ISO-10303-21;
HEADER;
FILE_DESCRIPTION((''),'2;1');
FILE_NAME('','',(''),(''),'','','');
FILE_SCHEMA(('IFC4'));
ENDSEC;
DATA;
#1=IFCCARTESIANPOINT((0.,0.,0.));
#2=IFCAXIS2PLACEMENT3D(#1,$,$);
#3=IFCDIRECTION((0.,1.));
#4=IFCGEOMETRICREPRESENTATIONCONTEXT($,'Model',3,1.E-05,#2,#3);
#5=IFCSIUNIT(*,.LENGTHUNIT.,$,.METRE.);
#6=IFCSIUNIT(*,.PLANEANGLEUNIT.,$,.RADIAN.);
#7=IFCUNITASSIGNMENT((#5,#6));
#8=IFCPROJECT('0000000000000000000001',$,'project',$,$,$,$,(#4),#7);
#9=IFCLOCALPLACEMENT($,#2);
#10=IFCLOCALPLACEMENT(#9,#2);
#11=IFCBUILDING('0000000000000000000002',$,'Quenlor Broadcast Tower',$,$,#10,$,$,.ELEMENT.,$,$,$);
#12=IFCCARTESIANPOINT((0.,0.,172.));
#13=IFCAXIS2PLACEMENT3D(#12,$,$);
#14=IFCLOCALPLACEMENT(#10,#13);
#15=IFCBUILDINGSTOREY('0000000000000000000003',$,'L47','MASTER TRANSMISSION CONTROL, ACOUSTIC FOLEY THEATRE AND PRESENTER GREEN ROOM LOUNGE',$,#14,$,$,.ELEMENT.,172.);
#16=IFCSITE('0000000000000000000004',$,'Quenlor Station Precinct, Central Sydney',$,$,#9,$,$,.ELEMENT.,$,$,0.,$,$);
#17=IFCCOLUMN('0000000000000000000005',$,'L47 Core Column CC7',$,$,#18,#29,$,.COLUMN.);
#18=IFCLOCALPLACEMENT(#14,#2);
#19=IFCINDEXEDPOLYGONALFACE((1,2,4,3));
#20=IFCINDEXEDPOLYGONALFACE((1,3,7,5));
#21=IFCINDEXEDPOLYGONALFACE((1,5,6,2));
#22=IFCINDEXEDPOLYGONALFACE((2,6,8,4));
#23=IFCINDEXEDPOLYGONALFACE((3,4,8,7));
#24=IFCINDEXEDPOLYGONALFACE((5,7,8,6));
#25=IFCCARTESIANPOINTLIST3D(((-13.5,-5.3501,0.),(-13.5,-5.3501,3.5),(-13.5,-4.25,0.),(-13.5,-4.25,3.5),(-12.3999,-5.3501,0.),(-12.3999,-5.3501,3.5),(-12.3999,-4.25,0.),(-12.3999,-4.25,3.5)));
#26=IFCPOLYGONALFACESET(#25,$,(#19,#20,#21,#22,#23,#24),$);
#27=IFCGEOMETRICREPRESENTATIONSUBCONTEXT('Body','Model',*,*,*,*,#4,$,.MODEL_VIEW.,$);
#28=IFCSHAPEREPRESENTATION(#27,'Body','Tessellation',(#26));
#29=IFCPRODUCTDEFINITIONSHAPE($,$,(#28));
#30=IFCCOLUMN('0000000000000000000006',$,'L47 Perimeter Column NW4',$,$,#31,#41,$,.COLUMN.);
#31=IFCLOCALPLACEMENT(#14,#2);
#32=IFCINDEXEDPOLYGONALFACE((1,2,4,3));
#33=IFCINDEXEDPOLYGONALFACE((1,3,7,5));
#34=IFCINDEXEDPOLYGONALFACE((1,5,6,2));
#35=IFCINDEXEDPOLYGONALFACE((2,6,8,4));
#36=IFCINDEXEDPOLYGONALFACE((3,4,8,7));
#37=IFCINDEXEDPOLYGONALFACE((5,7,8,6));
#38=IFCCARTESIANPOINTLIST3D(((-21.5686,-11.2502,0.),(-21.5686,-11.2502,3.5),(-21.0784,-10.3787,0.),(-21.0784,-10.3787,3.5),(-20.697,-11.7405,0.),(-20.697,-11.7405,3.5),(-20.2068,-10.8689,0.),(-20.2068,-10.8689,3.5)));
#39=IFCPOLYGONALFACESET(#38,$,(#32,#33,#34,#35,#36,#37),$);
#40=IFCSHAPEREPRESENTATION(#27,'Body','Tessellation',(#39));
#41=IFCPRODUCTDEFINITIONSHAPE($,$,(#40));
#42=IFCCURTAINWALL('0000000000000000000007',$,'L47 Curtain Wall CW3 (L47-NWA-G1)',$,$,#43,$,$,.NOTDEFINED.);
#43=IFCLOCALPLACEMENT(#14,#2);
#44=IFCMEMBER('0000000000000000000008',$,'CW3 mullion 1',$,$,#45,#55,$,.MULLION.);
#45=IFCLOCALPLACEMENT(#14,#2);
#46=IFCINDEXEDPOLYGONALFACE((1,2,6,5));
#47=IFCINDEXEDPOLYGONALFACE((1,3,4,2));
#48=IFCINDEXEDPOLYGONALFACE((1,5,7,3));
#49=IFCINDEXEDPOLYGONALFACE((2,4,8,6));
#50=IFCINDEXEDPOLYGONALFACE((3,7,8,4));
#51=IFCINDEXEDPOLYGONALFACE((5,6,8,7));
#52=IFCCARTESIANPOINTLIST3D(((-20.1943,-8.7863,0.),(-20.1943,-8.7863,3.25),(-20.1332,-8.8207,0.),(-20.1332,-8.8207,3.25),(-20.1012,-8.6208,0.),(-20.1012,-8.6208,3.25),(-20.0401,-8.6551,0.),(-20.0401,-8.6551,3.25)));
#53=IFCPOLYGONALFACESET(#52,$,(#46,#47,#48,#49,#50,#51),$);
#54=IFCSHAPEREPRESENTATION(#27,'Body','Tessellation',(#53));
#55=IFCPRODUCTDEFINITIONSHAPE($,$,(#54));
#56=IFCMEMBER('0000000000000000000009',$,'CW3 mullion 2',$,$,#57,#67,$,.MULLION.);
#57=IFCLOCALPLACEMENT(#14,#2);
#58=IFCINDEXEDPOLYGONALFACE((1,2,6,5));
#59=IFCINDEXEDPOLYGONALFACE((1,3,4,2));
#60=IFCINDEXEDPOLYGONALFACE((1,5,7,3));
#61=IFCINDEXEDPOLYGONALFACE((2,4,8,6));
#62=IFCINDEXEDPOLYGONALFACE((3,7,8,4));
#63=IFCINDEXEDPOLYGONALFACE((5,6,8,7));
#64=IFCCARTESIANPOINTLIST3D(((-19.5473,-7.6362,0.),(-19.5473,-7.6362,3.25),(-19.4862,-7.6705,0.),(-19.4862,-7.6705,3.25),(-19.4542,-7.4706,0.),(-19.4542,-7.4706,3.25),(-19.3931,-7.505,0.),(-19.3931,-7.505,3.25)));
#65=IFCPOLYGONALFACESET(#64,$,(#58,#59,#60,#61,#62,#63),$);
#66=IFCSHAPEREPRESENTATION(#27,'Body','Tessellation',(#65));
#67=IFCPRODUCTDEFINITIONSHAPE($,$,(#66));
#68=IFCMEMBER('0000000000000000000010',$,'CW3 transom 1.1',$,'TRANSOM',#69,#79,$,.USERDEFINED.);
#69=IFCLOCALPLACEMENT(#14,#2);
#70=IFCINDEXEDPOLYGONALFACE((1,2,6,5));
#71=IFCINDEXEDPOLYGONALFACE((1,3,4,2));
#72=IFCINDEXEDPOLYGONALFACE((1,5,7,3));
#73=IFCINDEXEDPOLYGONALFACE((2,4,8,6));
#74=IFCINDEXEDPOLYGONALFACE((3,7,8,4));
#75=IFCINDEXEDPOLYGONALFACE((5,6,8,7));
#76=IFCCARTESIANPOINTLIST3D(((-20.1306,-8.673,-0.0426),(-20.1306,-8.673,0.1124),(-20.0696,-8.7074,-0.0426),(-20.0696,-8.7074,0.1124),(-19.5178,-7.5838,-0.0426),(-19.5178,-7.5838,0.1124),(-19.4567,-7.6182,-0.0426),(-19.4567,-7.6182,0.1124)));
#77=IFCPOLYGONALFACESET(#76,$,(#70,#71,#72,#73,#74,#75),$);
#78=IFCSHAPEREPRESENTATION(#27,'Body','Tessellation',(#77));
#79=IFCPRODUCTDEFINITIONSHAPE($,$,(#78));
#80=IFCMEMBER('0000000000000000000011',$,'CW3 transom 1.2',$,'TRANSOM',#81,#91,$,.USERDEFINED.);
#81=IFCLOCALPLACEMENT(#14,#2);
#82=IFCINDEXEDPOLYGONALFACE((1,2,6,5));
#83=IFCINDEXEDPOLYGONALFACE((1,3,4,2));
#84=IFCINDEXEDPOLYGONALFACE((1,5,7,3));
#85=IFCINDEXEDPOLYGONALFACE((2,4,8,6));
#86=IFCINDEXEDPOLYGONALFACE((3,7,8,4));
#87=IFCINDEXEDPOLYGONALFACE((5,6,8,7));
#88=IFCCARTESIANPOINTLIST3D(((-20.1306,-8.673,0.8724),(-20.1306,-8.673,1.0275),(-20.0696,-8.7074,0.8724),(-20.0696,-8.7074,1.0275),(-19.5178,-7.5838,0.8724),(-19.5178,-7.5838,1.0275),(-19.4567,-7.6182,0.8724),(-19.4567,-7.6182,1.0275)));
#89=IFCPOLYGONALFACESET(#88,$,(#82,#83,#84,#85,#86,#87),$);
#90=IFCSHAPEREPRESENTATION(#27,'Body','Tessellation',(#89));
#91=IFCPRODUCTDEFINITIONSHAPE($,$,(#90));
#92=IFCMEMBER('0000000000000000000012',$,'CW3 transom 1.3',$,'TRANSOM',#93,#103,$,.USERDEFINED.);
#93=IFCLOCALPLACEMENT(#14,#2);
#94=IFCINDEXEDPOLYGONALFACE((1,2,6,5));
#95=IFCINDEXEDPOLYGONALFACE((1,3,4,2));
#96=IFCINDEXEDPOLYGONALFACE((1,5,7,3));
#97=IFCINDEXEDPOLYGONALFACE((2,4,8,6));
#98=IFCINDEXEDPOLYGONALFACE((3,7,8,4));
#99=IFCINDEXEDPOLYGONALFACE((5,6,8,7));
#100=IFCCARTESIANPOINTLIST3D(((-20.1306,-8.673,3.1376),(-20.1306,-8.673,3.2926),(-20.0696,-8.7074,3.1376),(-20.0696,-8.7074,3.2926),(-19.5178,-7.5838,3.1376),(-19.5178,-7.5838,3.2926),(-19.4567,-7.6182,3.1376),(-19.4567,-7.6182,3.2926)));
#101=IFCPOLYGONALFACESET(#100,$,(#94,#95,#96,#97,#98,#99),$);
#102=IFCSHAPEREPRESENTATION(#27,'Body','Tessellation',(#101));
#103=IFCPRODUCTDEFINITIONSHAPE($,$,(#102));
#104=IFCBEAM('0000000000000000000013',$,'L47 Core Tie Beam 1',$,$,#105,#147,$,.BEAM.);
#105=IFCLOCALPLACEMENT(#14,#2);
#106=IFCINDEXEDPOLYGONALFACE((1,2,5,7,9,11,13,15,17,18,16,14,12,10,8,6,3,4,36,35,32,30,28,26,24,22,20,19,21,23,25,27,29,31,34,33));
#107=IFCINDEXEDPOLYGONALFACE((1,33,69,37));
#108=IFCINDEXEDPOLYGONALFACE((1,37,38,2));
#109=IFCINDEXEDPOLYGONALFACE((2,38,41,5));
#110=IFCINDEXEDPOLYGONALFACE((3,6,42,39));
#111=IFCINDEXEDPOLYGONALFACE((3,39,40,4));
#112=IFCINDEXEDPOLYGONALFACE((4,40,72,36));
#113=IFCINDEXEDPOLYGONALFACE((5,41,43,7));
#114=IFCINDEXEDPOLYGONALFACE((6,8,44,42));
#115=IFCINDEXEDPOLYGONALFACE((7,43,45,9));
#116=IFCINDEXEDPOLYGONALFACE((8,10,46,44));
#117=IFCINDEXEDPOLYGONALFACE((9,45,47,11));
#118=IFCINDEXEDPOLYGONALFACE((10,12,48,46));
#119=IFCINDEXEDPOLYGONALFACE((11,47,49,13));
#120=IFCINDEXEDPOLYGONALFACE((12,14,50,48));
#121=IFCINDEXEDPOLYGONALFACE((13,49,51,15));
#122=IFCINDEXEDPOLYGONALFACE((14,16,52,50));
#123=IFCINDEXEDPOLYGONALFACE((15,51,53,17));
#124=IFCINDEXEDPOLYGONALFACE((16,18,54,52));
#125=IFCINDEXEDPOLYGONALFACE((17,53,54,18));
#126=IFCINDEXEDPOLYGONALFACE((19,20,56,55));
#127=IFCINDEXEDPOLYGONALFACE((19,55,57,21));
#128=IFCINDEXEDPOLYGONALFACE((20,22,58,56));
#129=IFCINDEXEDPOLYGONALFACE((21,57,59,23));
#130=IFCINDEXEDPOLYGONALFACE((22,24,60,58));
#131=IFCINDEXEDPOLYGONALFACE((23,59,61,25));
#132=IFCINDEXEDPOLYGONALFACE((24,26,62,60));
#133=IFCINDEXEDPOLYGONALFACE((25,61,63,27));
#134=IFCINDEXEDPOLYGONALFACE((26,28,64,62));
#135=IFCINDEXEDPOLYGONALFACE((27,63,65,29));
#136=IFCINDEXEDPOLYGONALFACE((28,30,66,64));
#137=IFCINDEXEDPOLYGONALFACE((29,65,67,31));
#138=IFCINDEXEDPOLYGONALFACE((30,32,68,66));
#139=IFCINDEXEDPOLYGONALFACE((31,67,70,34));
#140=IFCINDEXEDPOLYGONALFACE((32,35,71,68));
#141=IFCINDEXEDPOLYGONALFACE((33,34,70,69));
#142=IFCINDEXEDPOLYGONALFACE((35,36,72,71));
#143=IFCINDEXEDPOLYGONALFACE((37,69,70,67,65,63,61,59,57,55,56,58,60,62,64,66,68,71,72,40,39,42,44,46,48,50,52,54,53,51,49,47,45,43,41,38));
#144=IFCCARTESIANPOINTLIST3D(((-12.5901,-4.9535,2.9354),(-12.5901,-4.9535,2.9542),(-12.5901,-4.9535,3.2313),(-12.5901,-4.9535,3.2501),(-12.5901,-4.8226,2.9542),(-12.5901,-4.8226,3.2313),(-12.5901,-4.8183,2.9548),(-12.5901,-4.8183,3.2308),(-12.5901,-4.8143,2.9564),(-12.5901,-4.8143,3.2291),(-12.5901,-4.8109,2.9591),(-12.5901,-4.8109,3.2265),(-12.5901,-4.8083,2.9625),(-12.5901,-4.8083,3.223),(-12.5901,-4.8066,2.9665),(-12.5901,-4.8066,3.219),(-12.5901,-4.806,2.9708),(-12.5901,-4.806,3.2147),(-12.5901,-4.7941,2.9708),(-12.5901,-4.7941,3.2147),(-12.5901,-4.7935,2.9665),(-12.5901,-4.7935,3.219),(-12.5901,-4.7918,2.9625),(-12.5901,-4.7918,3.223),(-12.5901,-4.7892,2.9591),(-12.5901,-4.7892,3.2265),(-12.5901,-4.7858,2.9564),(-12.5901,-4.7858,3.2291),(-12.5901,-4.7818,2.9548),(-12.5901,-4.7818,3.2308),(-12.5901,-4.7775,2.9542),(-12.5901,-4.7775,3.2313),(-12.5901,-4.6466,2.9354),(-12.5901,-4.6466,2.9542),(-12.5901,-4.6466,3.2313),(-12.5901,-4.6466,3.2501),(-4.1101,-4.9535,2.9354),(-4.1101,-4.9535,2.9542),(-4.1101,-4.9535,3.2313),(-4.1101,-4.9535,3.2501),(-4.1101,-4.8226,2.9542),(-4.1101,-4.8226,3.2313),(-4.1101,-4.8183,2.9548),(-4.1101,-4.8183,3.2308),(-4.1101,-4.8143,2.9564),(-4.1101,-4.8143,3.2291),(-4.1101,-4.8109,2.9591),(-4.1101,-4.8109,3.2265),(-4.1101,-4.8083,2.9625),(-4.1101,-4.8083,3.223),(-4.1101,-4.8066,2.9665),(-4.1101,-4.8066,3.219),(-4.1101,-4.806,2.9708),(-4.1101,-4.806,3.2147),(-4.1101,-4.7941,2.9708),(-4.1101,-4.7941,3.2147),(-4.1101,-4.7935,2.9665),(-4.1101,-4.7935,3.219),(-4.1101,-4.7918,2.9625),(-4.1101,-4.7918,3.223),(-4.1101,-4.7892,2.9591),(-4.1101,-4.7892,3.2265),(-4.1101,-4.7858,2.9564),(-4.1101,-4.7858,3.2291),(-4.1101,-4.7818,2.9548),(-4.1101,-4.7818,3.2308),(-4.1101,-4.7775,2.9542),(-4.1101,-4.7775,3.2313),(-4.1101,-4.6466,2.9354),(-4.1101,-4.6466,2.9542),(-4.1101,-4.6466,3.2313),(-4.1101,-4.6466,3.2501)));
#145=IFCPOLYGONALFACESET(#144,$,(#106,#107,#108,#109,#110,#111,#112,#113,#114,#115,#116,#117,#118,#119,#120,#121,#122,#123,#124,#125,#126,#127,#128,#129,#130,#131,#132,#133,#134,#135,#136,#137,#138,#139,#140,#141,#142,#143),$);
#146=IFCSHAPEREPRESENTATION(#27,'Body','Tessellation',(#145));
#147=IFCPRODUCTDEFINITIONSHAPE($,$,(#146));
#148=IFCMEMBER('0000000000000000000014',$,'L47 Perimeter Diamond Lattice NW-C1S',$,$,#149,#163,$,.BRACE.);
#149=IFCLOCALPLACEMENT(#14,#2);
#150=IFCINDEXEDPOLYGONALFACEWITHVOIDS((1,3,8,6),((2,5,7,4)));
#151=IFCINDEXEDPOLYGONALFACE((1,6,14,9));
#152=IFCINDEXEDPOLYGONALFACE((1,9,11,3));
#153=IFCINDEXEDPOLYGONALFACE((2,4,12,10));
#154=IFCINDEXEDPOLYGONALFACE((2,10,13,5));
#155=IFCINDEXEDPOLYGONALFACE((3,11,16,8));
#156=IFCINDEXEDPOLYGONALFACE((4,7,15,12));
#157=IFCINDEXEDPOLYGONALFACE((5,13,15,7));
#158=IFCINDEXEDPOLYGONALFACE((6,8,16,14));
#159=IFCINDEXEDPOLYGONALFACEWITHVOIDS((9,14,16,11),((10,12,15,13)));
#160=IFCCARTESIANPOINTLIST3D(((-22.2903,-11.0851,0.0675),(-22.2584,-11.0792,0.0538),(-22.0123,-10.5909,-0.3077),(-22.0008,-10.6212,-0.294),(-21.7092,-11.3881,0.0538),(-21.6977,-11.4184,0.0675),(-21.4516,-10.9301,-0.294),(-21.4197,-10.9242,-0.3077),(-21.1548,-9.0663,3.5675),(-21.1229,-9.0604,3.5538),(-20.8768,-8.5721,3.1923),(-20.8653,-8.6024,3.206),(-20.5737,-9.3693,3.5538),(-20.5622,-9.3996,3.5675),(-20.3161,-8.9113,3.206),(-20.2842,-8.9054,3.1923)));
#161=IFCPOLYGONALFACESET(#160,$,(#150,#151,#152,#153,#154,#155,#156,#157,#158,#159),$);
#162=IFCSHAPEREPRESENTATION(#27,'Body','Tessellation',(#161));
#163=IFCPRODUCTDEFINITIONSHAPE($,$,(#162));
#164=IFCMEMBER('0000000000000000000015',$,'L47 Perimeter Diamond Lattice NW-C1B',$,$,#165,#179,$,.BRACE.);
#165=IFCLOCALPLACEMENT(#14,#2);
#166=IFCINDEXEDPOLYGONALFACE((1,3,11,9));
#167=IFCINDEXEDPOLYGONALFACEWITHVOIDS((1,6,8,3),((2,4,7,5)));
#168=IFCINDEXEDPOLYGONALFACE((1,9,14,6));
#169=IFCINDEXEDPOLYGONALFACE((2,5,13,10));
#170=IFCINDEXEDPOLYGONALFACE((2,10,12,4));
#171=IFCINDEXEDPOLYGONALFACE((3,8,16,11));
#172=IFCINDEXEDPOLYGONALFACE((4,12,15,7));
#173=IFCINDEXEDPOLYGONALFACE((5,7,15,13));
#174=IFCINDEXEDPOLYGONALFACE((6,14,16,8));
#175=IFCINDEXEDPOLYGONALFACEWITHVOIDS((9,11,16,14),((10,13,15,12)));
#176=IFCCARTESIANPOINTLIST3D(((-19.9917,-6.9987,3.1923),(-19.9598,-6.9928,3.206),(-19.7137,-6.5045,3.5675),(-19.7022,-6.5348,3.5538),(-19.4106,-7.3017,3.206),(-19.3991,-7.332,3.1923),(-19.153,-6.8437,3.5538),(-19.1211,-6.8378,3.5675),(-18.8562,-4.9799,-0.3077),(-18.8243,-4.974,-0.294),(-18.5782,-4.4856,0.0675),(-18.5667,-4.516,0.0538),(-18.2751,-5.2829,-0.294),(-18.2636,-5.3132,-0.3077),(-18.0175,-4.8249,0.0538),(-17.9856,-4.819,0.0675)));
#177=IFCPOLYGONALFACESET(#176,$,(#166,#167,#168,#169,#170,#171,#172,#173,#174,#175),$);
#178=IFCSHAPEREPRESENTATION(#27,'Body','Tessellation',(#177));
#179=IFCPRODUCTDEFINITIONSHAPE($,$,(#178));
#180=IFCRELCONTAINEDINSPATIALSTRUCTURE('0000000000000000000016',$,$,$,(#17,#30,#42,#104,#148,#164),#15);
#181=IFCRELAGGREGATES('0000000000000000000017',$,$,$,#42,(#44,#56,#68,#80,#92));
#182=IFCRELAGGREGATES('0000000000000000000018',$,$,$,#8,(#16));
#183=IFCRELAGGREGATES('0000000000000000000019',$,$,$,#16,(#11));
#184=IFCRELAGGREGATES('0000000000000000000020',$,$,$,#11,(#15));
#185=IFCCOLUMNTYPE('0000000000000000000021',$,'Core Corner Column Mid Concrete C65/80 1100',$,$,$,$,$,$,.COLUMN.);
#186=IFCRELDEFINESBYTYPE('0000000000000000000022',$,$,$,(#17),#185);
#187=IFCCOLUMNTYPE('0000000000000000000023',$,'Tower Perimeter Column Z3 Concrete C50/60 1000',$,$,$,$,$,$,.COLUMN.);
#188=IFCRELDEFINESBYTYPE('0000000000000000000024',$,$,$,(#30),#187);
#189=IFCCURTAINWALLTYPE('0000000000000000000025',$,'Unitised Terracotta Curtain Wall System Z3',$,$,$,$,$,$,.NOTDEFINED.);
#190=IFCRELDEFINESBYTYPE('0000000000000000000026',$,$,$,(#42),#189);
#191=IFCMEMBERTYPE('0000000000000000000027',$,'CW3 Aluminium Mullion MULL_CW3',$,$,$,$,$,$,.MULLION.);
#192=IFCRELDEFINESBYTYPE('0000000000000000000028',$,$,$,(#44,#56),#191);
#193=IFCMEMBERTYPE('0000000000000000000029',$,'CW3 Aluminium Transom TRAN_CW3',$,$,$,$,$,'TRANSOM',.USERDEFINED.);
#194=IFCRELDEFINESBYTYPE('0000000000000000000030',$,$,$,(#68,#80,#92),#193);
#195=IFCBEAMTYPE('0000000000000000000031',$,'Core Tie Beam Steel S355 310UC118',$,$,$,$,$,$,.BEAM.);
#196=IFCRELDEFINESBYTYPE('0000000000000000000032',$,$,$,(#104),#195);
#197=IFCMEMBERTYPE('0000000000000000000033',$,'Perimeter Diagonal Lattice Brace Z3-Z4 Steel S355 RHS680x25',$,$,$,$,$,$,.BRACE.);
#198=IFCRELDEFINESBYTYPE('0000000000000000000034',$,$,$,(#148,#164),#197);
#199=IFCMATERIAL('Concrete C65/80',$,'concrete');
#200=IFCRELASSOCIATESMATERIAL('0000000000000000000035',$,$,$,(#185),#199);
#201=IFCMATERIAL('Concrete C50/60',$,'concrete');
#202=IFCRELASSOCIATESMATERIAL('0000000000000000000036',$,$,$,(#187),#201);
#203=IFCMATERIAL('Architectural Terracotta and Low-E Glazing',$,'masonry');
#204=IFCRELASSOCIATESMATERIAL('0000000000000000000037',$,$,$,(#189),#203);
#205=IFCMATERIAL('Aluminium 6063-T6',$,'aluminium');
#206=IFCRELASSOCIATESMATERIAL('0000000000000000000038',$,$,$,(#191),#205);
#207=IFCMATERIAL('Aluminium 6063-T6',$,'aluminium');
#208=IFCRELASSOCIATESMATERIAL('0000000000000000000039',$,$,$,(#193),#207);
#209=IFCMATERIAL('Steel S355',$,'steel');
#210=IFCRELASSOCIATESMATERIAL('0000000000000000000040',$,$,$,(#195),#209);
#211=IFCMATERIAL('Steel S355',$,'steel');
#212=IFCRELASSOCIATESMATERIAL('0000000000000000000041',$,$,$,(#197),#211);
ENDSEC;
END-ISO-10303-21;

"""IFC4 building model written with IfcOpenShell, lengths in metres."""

from ifc_helpers import new_model, si_unit, direction, frame, origin, origin_2d, place, context, subcontext, project, spatial, rectangle, hollow_rectangle, i_section, extrude, material, material_profile, profile_set, type_object, element, aggregate, save


model = new_model("IFC4")

# Units and contexts
model_context = context("Model", 3, precision=1e-05, world=origin(), true_north=direction((0.0, 1.0)))
body_context = subcontext(model_context, "Body", "Model", "MODEL_VIEW")
ifc_project = project(units=[si_unit("LENGTHUNIT", "METRE"), si_unit("PLANEANGLEUNIT", "RADIAN")], contexts=[model_context])

# Site, building, storey
site_placement = place(None, origin())
site = spatial("IfcSite", under=ifc_project, at=site_placement, Name="Quenlor Station Precinct, Central Sydney", CompositionType="ELEMENT", RefElevation=0.0)
building_placement = place(site_placement, origin())
building = spatial("IfcBuilding", under=site, at=building_placement, Name="Quenlor Broadcast Tower", CompositionType="ELEMENT")
storey_placement = place(building_placement, frame((0.0, 0.0, 172.0)))
storey = spatial("IfcBuildingStorey", under=building, at=storey_placement, Name="L47", Description="MASTER TRANSMISSION CONTROL, ACOUSTIC FOLEY THEATRE AND PRESENTER GREEN ROOM LOUNGE", CompositionType="ELEMENT", Elevation=172.0)

# Columns
ifc_material_1 = material(Name="Concrete C65/80", Category="concrete")
ifc_material_profile_1 = material_profile(ifc_material_1, rectangle(XDim=1.1001, YDim=1.1001, at=origin_2d()))
ifc_profile_set_1 = profile_set([ifc_material_profile_1], Name="Concrete C65/80 RC1100x1100")
column_type_1 = type_object("IfcColumnType", Name="Core Corner Column Mid Concrete C65/80 1100", PredefinedType="COLUMN", material=ifc_profile_set_1)
column_1_placement = place(storey_placement, frame((-12.95, -4.8, 0.0), z_axis=(0.0, 0.0, 1.0), x_axis=(1.0, 0.0, 0.0)))
element("IfcColumn", 1, at=column_1_placement, inside=storey, type_object=column_type_1, Name="L47 Core Column CC7", PredefinedType="COLUMN", context=body_context, shape_type="SweptSolid", body=[
    extrude(rectangle(XDim=1.1001, YDim=1.1001, at=origin_2d()), origin(), (0.0, 0.0, 1.0), 3.5),
])
ifc_material_2 = material(Name="Concrete C50/60", Category="concrete")
ifc_material_profile_2 = material_profile(ifc_material_2, rectangle(XDim=1.0, YDim=1.0, at=origin_2d()))
ifc_profile_set_2 = profile_set([ifc_material_profile_2], Name="Concrete C50/60 RC1000x1000")
column_type_2 = type_object("IfcColumnType", Name="Tower Perimeter Column Z3 Concrete C50/60 1000", PredefinedType="COLUMN", material=ifc_profile_set_2)
column_2_placement = place(storey_placement, frame((-20.8877, -11.0596, 0.0), z_axis=(0.0, 0.0, 1.0), x_axis=(-0.871575, 0.490262, 0.0)))
element("IfcColumn", 2, at=column_2_placement, inside=storey, type_object=column_type_2, Name="L47 Perimeter Column NW4", PredefinedType="COLUMN", context=body_context, shape_type="SweptSolid", body=[
    extrude(rectangle(XDim=1.0, YDim=1.0, at=origin_2d()), origin(), (0.0, 0.0, 1.0), 3.5),
])

# Curtain wall, members
ifc_material_3 = material(Name="Architectural Terracotta and Low-E Glazing", Category="masonry")
curtain_wall_type = type_object("IfcCurtainWallType", Name="Unitised Terracotta Curtain Wall System Z3", PredefinedType="NOTDEFINED", material=ifc_material_3)
curtain_wall_placement = place(storey_placement, origin())
curtain_wall = element("IfcCurtainWall", 3, at=curtain_wall_placement, inside=storey, type_object=curtain_wall_type, Name="L47 Curtain Wall CW3 (L47-NWA-G1)", PredefinedType="NOTDEFINED")
ifc_material_4 = material(Name="Aluminium 6063-T6", Category="aluminium")
ifc_material_profile_3 = material_profile(ifc_material_4, rectangle(XDim=0.0701, YDim=0.1899, at=origin_2d()))
ifc_profile_set_3 = profile_set([ifc_material_profile_3], Name="Aluminium 6063-T6 MULL70x190")
member_type_1 = type_object("IfcMemberType", Name="CW3 Aluminium Mullion MULL_CW3", PredefinedType="MULLION", material=ifc_profile_set_3)
member_1_placement = place(storey_placement, frame((-20.1172, -8.7207, 0.0), z_axis=(0.0, 0.0, 1.0), x_axis=(-0.871576, 0.490261, 0.0)))
member_1 = element("IfcMember", 4, at=member_1_placement, type_object=member_type_1, Name="CW3 mullion 1", PredefinedType="MULLION", context=body_context, shape_type="SweptSolid", body=[
    extrude(rectangle(XDim=0.0701, YDim=0.1899, at=origin_2d()), origin(), (0.0, 0.0, 1.0), 3.25),
])
member_2_placement = place(storey_placement, frame((-19.4702, -7.5706, 0.0), z_axis=(0.0, 0.0, 1.0), x_axis=(-0.871576, 0.490261, 0.0)))
member_2 = element("IfcMember", 5, at=member_2_placement, type_object=member_type_1, Name="CW3 mullion 2", PredefinedType="MULLION", context=body_context, shape_type="SweptSolid", body=[
    extrude(rectangle(XDim=0.0701, YDim=0.1899, at=origin_2d()), origin(), (0.0, 0.0, 1.0), 3.25),
])
ifc_material_5 = material(Name="Aluminium 6063-T6", Category="aluminium")
ifc_material_profile_4 = material_profile(ifc_material_5, rectangle(XDim=0.0701, YDim=0.155, at=origin_2d()))
ifc_profile_set_4 = profile_set([ifc_material_profile_4], Name="Aluminium 6063-T6 TRAN70x155")
member_type_2 = type_object("IfcMemberType", Name="CW3 Aluminium Transom TRAN_CW3", ElementType="TRANSOM", PredefinedType="USERDEFINED", material=ifc_profile_set_4)
member_3_placement = place(storey_placement, frame((-20.1001, -8.6902, 0.0349), z_axis=(0.490363, 0.871518, 0.0), x_axis=(-0.871518, 0.490363, 0.0)))
member_3 = element("IfcMember", 6, at=member_3_placement, type_object=member_type_2, Name="CW3 transom 1.1", ObjectType="TRANSOM", PredefinedType="USERDEFINED", context=body_context, shape_type="SweptSolid", body=[
    extrude(rectangle(XDim=0.0701, YDim=0.155, at=origin_2d()), origin(), (0.0, 0.0, 1.0), 1.2498),
])
member_4_placement = place(storey_placement, frame((-20.1001, -8.6902, 0.95), z_axis=(0.490363, 0.871518, 0.0), x_axis=(-0.871518, 0.490363, 0.0)))
member_4 = element("IfcMember", 7, at=member_4_placement, type_object=member_type_2, Name="CW3 transom 1.2", ObjectType="TRANSOM", PredefinedType="USERDEFINED", context=body_context, shape_type="SweptSolid", body=[
    extrude(rectangle(XDim=0.0701, YDim=0.155, at=origin_2d()), origin(), (0.0, 0.0, 1.0), 1.2498),
])
member_5_placement = place(storey_placement, frame((-20.1001, -8.6902, 3.2151), z_axis=(0.490363, 0.871518, 0.0), x_axis=(-0.871518, 0.490363, 0.0)))
member_5 = element("IfcMember", 8, at=member_5_placement, type_object=member_type_2, Name="CW3 transom 1.3", ObjectType="TRANSOM", PredefinedType="USERDEFINED", context=body_context, shape_type="SweptSolid", body=[
    extrude(rectangle(XDim=0.0701, YDim=0.155, at=origin_2d()), origin(), (0.0, 0.0, 1.0), 1.2498),
])

# Beam
ifc_material_6 = material(Name="Steel S355", Category="steel")
ifc_material_profile_5 = material_profile(ifc_material_6, i_section(OverallWidth=0.3069, OverallDepth=0.3147, WebThickness=0.012, FlangeThickness=0.0188, FilletRadius=0.0166, at=origin_2d()))
ifc_profile_set_5 = profile_set([ifc_material_profile_5], Name="Steel S355 310UC118")
beam_type_1 = type_object("IfcBeamType", Name="Core Tie Beam Steel S355 310UC118", PredefinedType="BEAM", material=ifc_profile_set_5)
beam_1_placement = place(storey_placement, frame((-12.5901, -4.8, 3.0928), z_axis=(1.0, 0.0, 0.0), x_axis=(0.0, 1.0, 0.0)))
element("IfcBeam", 9, at=beam_1_placement, inside=storey, type_object=beam_type_1, Name="L47 Core Tie Beam 1", PredefinedType="BEAM", context=body_context, shape_type="SweptSolid", body=[
    extrude(i_section(OverallWidth=0.3069, OverallDepth=0.3147, WebThickness=0.012, FlangeThickness=0.0188, FilletRadius=0.0166, at=origin_2d()), origin(), (0.0, 0.0, 1.0), 8.48),
])

# Members
ifc_material_7 = material(Name="Steel S355", Category="steel")
ifc_material_profile_6 = material_profile(ifc_material_7, hollow_rectangle(XDim=0.6799, YDim=0.6799, WallThickness=0.0249, at=origin_2d()))
ifc_profile_set_6 = profile_set([ifc_material_profile_6], Name="Steel S355 RHS680x680x25")
member_type_3 = type_object("IfcMemberType", Name="Perimeter Diagonal Lattice Brace Z3-Z4 Steel S355 RHS680x25", PredefinedType="BRACE", material=ifc_profile_set_6)
for number, where, z_axis, x_axis, name in (
    (10, (-21.855, -11.0046, -0.1201), (0.270549, 0.481009, 0.833927), (-0.87159, 0.490236, 0.0), "L47 Perimeter Diamond Lattice NW-C1S"),
    (11, (-18.4209, -4.8994, -0.1201), (-0.270549, -0.481009, 0.833927), (0.87159, -0.490236, 0.0), "L47 Perimeter Diamond Lattice NW-C1B"),
):
    element("IfcMember", number, at=place(storey_placement, frame(where, z_axis=z_axis, x_axis=x_axis)), inside=storey, type_object=member_type_3, Name=name, PredefinedType="BRACE", context=body_context, shape_type="SweptSolid", body=[
        extrude(hollow_rectangle(XDim=0.6799, YDim=0.6799, WallThickness=0.0249, at=origin_2d()), origin(), (0.0, 0.0, 1.0), 4.197),
    ])

aggregate(curtain_wall, [member_1, member_2, member_3, member_4, member_5])

save(model, "model.ifc")
